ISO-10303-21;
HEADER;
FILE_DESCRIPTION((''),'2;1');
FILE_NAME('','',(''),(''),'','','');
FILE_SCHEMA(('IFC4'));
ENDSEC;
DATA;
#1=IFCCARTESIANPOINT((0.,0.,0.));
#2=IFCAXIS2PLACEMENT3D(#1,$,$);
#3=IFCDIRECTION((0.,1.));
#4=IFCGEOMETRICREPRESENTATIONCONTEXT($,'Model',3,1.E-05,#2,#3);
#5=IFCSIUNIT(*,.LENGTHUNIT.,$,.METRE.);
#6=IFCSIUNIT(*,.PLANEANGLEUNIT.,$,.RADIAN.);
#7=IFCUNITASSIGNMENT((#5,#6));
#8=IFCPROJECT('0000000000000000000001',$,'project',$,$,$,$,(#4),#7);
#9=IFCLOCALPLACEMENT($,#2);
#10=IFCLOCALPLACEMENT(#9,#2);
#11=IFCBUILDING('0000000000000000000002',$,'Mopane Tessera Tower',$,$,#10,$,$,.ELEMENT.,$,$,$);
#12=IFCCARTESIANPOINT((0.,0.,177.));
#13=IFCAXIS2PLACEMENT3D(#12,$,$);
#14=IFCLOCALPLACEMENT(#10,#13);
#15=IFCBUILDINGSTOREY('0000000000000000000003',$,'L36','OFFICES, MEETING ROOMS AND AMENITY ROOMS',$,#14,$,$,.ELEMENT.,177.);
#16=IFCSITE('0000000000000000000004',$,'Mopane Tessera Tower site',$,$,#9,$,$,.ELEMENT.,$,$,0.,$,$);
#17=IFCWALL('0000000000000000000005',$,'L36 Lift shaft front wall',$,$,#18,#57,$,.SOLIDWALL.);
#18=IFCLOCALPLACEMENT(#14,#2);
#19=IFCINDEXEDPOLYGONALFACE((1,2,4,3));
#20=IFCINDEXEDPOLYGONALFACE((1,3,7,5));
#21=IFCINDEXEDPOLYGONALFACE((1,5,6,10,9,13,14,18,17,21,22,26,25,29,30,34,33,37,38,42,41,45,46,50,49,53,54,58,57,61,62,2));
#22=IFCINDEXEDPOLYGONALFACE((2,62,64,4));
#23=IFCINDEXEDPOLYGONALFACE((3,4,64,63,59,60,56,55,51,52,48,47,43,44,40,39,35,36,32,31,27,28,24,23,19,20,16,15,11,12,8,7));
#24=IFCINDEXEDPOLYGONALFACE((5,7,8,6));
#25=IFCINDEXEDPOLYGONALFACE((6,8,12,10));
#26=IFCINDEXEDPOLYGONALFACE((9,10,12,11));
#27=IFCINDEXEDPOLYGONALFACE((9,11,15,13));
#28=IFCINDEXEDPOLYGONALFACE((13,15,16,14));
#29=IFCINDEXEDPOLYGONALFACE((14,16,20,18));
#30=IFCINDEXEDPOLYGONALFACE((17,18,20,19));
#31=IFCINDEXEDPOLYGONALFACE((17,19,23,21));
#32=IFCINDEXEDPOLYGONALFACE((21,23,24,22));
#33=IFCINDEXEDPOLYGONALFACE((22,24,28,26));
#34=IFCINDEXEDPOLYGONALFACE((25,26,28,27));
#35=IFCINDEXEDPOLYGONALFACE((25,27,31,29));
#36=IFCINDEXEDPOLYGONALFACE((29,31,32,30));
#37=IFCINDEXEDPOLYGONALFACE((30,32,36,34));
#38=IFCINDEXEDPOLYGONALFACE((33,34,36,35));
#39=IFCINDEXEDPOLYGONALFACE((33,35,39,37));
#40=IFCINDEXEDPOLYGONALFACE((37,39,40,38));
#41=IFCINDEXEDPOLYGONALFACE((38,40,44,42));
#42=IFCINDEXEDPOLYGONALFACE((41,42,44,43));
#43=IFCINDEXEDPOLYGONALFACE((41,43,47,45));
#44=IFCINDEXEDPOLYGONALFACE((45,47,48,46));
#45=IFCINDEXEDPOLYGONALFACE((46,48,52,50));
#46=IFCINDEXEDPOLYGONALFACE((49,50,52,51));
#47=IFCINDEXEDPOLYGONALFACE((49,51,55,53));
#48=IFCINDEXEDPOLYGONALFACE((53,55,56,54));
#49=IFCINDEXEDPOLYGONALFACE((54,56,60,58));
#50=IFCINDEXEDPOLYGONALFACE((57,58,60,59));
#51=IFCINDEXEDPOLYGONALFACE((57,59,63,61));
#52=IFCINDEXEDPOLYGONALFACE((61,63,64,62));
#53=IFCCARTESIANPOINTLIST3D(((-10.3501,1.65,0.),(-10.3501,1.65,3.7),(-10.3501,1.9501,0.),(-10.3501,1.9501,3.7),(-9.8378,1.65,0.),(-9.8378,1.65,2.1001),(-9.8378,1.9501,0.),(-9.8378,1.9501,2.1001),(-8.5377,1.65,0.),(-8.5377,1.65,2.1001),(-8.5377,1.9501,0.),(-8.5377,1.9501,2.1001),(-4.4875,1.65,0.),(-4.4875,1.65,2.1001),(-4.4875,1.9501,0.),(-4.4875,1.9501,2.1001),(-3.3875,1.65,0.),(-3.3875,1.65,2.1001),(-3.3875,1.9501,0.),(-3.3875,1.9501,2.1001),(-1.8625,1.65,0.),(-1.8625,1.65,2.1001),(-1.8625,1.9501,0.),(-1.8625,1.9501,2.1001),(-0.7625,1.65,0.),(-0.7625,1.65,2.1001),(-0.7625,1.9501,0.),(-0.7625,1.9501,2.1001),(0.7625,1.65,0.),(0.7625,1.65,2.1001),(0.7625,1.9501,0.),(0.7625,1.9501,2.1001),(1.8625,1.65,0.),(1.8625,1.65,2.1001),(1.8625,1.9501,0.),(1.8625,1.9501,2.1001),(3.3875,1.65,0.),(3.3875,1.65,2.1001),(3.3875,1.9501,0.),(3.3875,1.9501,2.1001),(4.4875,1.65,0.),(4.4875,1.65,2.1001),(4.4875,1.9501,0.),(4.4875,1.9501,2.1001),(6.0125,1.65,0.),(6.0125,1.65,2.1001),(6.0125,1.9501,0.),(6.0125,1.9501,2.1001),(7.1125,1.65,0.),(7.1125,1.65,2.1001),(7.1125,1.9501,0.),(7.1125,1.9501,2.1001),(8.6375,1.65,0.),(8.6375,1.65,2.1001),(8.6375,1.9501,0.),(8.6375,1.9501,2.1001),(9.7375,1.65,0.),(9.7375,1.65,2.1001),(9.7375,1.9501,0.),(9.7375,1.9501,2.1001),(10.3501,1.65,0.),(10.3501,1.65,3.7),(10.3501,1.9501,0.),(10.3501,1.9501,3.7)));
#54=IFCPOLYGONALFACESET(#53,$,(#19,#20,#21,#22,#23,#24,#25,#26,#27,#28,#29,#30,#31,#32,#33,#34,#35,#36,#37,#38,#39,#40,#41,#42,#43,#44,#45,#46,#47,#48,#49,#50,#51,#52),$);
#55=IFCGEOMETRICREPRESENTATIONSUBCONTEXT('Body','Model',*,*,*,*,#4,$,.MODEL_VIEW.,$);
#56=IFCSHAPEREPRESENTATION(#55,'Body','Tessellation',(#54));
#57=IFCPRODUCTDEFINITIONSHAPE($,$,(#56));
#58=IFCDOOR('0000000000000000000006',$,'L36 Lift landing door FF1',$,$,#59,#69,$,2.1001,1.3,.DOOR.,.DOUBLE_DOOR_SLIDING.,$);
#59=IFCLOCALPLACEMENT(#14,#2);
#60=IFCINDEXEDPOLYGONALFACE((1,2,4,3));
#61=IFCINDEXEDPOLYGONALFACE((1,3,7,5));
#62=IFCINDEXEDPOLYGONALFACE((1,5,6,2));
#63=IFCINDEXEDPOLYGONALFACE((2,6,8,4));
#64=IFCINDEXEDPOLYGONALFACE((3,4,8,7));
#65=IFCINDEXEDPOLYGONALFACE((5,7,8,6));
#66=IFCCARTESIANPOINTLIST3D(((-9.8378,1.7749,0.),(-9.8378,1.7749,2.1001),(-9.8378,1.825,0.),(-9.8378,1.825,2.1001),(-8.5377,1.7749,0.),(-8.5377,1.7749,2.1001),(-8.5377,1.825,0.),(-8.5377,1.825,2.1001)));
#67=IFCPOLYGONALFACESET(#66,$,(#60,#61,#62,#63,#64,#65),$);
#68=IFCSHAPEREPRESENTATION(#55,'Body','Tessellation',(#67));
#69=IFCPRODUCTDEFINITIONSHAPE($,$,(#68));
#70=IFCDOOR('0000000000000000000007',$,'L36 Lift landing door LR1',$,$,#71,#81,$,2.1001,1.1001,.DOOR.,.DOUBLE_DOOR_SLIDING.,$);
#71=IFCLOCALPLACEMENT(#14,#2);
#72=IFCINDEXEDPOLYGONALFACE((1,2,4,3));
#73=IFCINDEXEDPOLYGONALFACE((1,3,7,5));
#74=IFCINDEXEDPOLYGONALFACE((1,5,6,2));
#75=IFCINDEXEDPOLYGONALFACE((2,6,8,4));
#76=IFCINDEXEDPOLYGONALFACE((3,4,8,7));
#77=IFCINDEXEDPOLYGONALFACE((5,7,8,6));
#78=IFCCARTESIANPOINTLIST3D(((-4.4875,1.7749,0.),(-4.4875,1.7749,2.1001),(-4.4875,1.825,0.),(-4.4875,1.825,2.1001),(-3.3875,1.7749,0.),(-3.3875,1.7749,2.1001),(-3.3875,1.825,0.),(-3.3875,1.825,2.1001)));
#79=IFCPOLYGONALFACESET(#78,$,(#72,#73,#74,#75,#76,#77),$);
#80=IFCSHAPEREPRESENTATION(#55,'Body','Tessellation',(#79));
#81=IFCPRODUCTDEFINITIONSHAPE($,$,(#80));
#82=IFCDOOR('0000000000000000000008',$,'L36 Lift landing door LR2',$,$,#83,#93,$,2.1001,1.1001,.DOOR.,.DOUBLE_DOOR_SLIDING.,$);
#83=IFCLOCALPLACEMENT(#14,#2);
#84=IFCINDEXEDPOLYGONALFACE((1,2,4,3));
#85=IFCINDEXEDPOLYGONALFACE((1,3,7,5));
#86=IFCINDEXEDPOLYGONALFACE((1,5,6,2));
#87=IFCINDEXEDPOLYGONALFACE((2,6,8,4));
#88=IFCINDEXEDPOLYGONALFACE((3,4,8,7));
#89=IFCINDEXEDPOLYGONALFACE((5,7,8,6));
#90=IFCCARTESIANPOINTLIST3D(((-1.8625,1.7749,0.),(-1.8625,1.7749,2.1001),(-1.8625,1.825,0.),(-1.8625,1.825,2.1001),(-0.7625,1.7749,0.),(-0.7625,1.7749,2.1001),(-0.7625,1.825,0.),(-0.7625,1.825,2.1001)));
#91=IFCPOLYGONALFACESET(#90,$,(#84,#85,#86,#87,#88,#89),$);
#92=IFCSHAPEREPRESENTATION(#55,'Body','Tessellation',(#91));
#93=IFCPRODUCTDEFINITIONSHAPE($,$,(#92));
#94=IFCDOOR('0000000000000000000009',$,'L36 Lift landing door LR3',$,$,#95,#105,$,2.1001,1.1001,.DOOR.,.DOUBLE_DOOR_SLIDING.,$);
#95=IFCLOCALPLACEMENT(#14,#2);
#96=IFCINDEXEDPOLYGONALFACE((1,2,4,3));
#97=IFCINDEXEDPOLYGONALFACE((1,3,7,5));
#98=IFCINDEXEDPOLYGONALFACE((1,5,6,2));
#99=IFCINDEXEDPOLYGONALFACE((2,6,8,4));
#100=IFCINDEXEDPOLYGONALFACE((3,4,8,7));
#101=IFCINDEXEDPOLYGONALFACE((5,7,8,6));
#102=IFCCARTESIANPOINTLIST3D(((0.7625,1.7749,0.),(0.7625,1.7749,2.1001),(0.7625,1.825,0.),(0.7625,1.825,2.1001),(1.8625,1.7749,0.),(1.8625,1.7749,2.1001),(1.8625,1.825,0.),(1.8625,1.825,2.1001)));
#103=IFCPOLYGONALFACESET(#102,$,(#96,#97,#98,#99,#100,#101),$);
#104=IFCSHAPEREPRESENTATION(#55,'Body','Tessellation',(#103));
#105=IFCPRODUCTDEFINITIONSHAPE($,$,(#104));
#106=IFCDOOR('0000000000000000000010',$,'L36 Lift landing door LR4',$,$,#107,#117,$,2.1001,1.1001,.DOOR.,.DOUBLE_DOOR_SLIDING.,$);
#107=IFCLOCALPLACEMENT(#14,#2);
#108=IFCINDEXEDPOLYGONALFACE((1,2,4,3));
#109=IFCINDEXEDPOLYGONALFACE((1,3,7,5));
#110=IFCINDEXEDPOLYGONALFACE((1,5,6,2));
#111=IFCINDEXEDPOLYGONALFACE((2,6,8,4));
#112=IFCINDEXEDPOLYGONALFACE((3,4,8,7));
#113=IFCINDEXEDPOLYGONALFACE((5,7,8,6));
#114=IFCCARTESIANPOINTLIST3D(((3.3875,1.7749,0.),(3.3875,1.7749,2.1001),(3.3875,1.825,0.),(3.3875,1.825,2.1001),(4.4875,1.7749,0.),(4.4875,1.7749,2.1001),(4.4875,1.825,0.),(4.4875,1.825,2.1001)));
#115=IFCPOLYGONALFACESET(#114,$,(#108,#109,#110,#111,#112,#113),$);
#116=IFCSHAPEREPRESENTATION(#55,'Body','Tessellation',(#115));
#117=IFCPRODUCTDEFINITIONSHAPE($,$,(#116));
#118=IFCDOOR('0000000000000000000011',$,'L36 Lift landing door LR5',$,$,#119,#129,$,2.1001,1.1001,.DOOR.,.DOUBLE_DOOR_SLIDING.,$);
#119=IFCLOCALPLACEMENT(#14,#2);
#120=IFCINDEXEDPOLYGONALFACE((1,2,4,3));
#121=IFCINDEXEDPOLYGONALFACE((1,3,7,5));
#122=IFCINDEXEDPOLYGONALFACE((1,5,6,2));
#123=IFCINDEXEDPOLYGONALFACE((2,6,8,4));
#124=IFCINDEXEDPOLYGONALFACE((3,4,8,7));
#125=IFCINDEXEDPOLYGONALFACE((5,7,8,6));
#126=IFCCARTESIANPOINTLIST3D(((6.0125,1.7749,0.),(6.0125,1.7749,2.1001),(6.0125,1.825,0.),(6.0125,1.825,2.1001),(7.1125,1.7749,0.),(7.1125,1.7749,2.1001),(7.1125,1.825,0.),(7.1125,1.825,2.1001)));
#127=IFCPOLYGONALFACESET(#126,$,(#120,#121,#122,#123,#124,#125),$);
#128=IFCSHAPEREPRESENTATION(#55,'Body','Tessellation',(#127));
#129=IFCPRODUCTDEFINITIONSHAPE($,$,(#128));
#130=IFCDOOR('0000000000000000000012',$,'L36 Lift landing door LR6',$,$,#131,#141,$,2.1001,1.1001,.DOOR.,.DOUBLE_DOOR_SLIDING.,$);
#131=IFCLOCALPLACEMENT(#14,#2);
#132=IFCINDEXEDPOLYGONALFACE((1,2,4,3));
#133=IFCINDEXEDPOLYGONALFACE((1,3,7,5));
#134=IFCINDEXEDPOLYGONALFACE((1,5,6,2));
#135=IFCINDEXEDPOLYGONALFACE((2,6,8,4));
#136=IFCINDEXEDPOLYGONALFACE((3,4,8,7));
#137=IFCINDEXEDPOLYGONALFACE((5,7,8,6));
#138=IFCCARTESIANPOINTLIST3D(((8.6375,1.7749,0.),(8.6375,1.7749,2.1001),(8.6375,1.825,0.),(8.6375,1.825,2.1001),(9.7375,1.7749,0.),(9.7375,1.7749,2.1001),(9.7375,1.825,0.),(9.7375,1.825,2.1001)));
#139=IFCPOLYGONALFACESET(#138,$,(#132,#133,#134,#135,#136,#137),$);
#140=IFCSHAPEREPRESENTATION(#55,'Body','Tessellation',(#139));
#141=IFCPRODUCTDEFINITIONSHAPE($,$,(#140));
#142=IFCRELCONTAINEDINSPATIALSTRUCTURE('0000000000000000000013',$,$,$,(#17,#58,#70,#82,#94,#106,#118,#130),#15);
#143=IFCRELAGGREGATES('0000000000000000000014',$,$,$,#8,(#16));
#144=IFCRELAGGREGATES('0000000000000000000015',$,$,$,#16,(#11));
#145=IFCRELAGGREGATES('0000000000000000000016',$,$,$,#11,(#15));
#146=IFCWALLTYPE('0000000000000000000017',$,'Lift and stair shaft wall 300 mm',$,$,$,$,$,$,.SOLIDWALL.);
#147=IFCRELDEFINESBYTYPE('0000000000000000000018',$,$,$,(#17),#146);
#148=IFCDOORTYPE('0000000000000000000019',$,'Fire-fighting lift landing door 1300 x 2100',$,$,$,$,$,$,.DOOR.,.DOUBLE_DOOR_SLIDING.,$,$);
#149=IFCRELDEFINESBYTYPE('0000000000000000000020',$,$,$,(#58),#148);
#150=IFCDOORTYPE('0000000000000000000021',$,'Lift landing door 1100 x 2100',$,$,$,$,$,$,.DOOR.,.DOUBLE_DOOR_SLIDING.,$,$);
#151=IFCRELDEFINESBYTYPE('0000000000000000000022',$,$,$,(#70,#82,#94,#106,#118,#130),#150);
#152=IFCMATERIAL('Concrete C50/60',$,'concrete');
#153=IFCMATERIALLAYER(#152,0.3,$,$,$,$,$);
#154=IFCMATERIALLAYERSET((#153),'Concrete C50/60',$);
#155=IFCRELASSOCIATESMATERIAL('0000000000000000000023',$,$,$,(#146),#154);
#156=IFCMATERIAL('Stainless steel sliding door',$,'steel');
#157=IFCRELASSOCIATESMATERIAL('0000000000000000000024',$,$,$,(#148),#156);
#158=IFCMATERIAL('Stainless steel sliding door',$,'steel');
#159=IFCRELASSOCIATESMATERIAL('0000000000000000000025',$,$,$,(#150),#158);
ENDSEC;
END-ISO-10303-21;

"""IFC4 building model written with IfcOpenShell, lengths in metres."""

from ifc_helpers import new_model, si_unit, direction, frame, frame_2d, origin, place, context, subcontext, project, spatial, rectangle, extrude, material, layer, layer_set, type_object, element, fill, save


model = new_model("IFC4")

# Units and contexts
model_context = context("Model", 3, precision=1e-05, world=origin(), true_north=direction((0.0, 1.0)))
body_context = subcontext(model_context, "Body", "Model", "MODEL_VIEW")
ifc_project = project(units=[si_unit("LENGTHUNIT", "METRE"), si_unit("PLANEANGLEUNIT", "RADIAN")], contexts=[model_context])

# Site, building, storey
site_placement = place(None, origin())
site = spatial("IfcSite", under=ifc_project, at=site_placement, Name="Mopane Tessera Tower site", CompositionType="ELEMENT", RefElevation=0.0)
building_placement = place(site_placement, origin())
building = spatial("IfcBuilding", under=site, at=building_placement, Name="Mopane Tessera Tower", CompositionType="ELEMENT")
storey_placement = place(building_placement, frame((0.0, 0.0, 177.0)))
storey = spatial("IfcBuildingStorey", under=building, at=storey_placement, Name="L36", Description="OFFICES, MEETING ROOMS AND AMENITY ROOMS", CompositionType="ELEMENT", Elevation=177.0)

# Shared definitions
ifc_material_1 = material(Name="Concrete C50/60", Category="concrete")
ifc_layer_1 = layer(ifc_material_1, 0.3)
ifc_layer_set_1 = layer_set([ifc_layer_1], Name="Concrete C50/60")
wall_type_1 = type_object("IfcWallType", Name="Lift and stair shaft wall 300 mm", PredefinedType="SOLIDWALL", material=ifc_layer_set_1)

# Wall, openings, doors
wall_1_placement = place(storey_placement, frame((-10.3501, 1.8, 0.0), z_axis=(0.0, 0.0, 1.0), x_axis=(1.0, 0.0, 0.0)))
wall_1 = element("IfcWall", 1, at=wall_1_placement, inside=storey, type_object=wall_type_1, Name="L36 Lift shaft front wall", PredefinedType="SOLIDWALL", context=body_context, shape_type="SweptSolid", body=[
    extrude(rectangle(XDim=20.7002, YDim=0.3, at=frame_2d((10.3501, 0.0))), origin(), (0.0, 0.0, 1.0), 3.7),
])
opening_1_placement = place(wall_1_placement, frame((0.5125, 0.0, 0.0)))
opening_1 = element("IfcOpeningElement", 2, at=opening_1_placement, cuts=wall_1, PredefinedType="OPENING", context=body_context, shape_type="SweptSolid", body=[
    extrude(rectangle(XDim=1.3, YDim=2.1001, at=frame_2d((0.6499, 1.05))), frame((0.0, 0.1621, 0.0), z_axis=(0.0, -1.0, 0.0), x_axis=(1.0, 0.0, 0.0)), (0.0, 0.0, 1.0), 0.324),
])
opening_2_placement = place(wall_1_placement, frame((5.8625, 0.0, 0.0)))
opening_2 = element("IfcOpeningElement", 3, at=opening_2_placement, cuts=wall_1, PredefinedType="OPENING", context=body_context, shape_type="SweptSolid", body=[
    extrude(rectangle(XDim=1.1001, YDim=2.1001, at=frame_2d((0.55, 1.05))), frame((0.0, 0.1621, 0.0), z_axis=(0.0, -1.0, 0.0), x_axis=(1.0, 0.0, 0.0)), (0.0, 0.0, 1.0), 0.324),
])
opening_3_placement = place(wall_1_placement, frame((8.4875, 0.0, 0.0)))
opening_3 = element("IfcOpeningElement", 4, at=opening_3_placement, cuts=wall_1, PredefinedType="OPENING", context=body_context, shape_type="SweptSolid", body=[
    extrude(rectangle(XDim=1.1001, YDim=2.1001, at=frame_2d((0.55, 1.05))), frame((0.0, 0.1621, 0.0), z_axis=(0.0, -1.0, 0.0), x_axis=(1.0, 0.0, 0.0)), (0.0, 0.0, 1.0), 0.324),
])
opening_4_placement = place(wall_1_placement, frame((11.1125, 0.0, 0.0)))
opening_4 = element("IfcOpeningElement", 5, at=opening_4_placement, cuts=wall_1, PredefinedType="OPENING", context=body_context, shape_type="SweptSolid", body=[
    extrude(rectangle(XDim=1.1001, YDim=2.1001, at=frame_2d((0.55, 1.05))), frame((0.0, 0.1621, 0.0), z_axis=(0.0, -1.0, 0.0), x_axis=(1.0, 0.0, 0.0)), (0.0, 0.0, 1.0), 0.324),
])
opening_5_placement = place(wall_1_placement, frame((13.7375, 0.0, 0.0)))
opening_5 = element("IfcOpeningElement", 6, at=opening_5_placement, cuts=wall_1, PredefinedType="OPENING", context=body_context, shape_type="SweptSolid", body=[
    extrude(rectangle(XDim=1.1001, YDim=2.1001, at=frame_2d((0.55, 1.05))), frame((0.0, 0.1621, 0.0), z_axis=(0.0, -1.0, 0.0), x_axis=(1.0, 0.0, 0.0)), (0.0, 0.0, 1.0), 0.324),
])
opening_6_placement = place(wall_1_placement, frame((16.3625, 0.0, 0.0)))
opening_6 = element("IfcOpeningElement", 7, at=opening_6_placement, cuts=wall_1, PredefinedType="OPENING", context=body_context, shape_type="SweptSolid", body=[
    extrude(rectangle(XDim=1.1001, YDim=2.1001, at=frame_2d((0.55, 1.05))), frame((0.0, 0.1621, 0.0), z_axis=(0.0, -1.0, 0.0), x_axis=(1.0, 0.0, 0.0)), (0.0, 0.0, 1.0), 0.324),
])
opening_7_placement = place(wall_1_placement, frame((18.9875, 0.0, 0.0)))
opening_7 = element("IfcOpeningElement", 8, at=opening_7_placement, cuts=wall_1, PredefinedType="OPENING", context=body_context, shape_type="SweptSolid", body=[
    extrude(rectangle(XDim=1.1001, YDim=2.1001, at=frame_2d((0.55, 1.05))), frame((0.0, 0.1621, 0.0), z_axis=(0.0, -1.0, 0.0), x_axis=(1.0, 0.0, 0.0)), (0.0, 0.0, 1.0), 0.324),
])
ifc_material_2 = material(Name="Stainless steel sliding door", Category="steel")
door_type_1 = type_object("IfcDoorType", Name="Fire-fighting lift landing door 1300 x 2100", OperationType="DOUBLE_DOOR_SLIDING", PredefinedType="DOOR", material=ifc_material_2)
door_1_placement = place(opening_1_placement, origin())
door_1 = element("IfcDoor", 9, at=door_1_placement, inside=storey, type_object=door_type_1, Name="L36 Lift landing door FF1", OperationType="DOUBLE_DOOR_SLIDING", OverallHeight=2.1001, OverallWidth=1.3, PredefinedType="DOOR", context=body_context, shape_type="SweptSolid", body=[
    extrude(rectangle(XDim=1.3, YDim=2.1001, at=frame_2d((0.6499, 1.05))), frame((0.0, 0.0249, 0.0), z_axis=(0.0, -1.0, 0.0), x_axis=(1.0, 0.0, 0.0)), (0.0, 0.0, 1.0), 0.05),
])
fill(opening_1, door_1)
ifc_material_3 = material(Name="Stainless steel sliding door", Category="steel")
door_type_2 = type_object("IfcDoorType", Name="Lift landing door 1100 x 2100", OperationType="DOUBLE_DOOR_SLIDING", PredefinedType="DOOR", material=ifc_material_3)
door_2_placement = place(opening_2_placement, origin())
door_2 = element("IfcDoor", 10, at=door_2_placement, inside=storey, type_object=door_type_2, Name="L36 Lift landing door LR1", OperationType="DOUBLE_DOOR_SLIDING", OverallHeight=2.1001, OverallWidth=1.1001, PredefinedType="DOOR", context=body_context, shape_type="SweptSolid", body=[
    extrude(rectangle(XDim=1.1001, YDim=2.1001, at=frame_2d((0.55, 1.05))), frame((0.0, 0.0249, 0.0), z_axis=(0.0, -1.0, 0.0), x_axis=(1.0, 0.0, 0.0)), (0.0, 0.0, 1.0), 0.05),
])
fill(opening_2, door_2)
door_3_placement = place(opening_3_placement, origin())
door_3 = element("IfcDoor", 11, at=door_3_placement, inside=storey, type_object=door_type_2, Name="L36 Lift landing door LR2", OperationType="DOUBLE_DOOR_SLIDING", OverallHeight=2.1001, OverallWidth=1.1001, PredefinedType="DOOR", context=body_context, shape_type="SweptSolid", body=[
    extrude(rectangle(XDim=1.1001, YDim=2.1001, at=frame_2d((0.55, 1.05))), frame((0.0, 0.0249, 0.0), z_axis=(0.0, -1.0, 0.0), x_axis=(1.0, 0.0, 0.0)), (0.0, 0.0, 1.0), 0.05),
])
fill(opening_3, door_3)
door_4_placement = place(opening_4_placement, origin())
door_4 = element("IfcDoor", 12, at=door_4_placement, inside=storey, type_object=door_type_2, Name="L36 Lift landing door LR3", OperationType="DOUBLE_DOOR_SLIDING", OverallHeight=2.1001, OverallWidth=1.1001, PredefinedType="DOOR", context=body_context, shape_type="SweptSolid", body=[
    extrude(rectangle(XDim=1.1001, YDim=2.1001, at=frame_2d((0.55, 1.05))), frame((0.0, 0.0249, 0.0), z_axis=(0.0, -1.0, 0.0), x_axis=(1.0, 0.0, 0.0)), (0.0, 0.0, 1.0), 0.05),
])
fill(opening_4, door_4)
door_5_placement = place(opening_5_placement, origin())
door_5 = element("IfcDoor", 13, at=door_5_placement, inside=storey, type_object=door_type_2, Name="L36 Lift landing door LR4", OperationType="DOUBLE_DOOR_SLIDING", OverallHeight=2.1001, OverallWidth=1.1001, PredefinedType="DOOR", context=body_context, shape_type="SweptSolid", body=[
    extrude(rectangle(XDim=1.1001, YDim=2.1001, at=frame_2d((0.55, 1.05))), frame((0.0, 0.0249, 0.0), z_axis=(0.0, -1.0, 0.0), x_axis=(1.0, 0.0, 0.0)), (0.0, 0.0, 1.0), 0.05),
])
fill(opening_5, door_5)
door_6_placement = place(opening_6_placement, origin())
door_6 = element("IfcDoor", 14, at=door_6_placement, inside=storey, type_object=door_type_2, Name="L36 Lift landing door LR5", OperationType="DOUBLE_DOOR_SLIDING", OverallHeight=2.1001, OverallWidth=1.1001, PredefinedType="DOOR", context=body_context, shape_type="SweptSolid", body=[
    extrude(rectangle(XDim=1.1001, YDim=2.1001, at=frame_2d((0.55, 1.05))), frame((0.0, 0.0249, 0.0), z_axis=(0.0, -1.0, 0.0), x_axis=(1.0, 0.0, 0.0)), (0.0, 0.0, 1.0), 0.05),
])
fill(opening_6, door_6)
door_7_placement = place(opening_7_placement, origin())
door_7 = element("IfcDoor", 15, at=door_7_placement, inside=storey, type_object=door_type_2, Name="L36 Lift landing door LR6", OperationType="DOUBLE_DOOR_SLIDING", OverallHeight=2.1001, OverallWidth=1.1001, PredefinedType="DOOR", context=body_context, shape_type="SweptSolid", body=[
    extrude(rectangle(XDim=1.1001, YDim=2.1001, at=frame_2d((0.55, 1.05))), frame((0.0, 0.0249, 0.0), z_axis=(0.0, -1.0, 0.0), x_axis=(1.0, 0.0, 0.0)), (0.0, 0.0, 1.0), 0.05),
])
fill(opening_7, door_7)

save(model, "model.ifc")
